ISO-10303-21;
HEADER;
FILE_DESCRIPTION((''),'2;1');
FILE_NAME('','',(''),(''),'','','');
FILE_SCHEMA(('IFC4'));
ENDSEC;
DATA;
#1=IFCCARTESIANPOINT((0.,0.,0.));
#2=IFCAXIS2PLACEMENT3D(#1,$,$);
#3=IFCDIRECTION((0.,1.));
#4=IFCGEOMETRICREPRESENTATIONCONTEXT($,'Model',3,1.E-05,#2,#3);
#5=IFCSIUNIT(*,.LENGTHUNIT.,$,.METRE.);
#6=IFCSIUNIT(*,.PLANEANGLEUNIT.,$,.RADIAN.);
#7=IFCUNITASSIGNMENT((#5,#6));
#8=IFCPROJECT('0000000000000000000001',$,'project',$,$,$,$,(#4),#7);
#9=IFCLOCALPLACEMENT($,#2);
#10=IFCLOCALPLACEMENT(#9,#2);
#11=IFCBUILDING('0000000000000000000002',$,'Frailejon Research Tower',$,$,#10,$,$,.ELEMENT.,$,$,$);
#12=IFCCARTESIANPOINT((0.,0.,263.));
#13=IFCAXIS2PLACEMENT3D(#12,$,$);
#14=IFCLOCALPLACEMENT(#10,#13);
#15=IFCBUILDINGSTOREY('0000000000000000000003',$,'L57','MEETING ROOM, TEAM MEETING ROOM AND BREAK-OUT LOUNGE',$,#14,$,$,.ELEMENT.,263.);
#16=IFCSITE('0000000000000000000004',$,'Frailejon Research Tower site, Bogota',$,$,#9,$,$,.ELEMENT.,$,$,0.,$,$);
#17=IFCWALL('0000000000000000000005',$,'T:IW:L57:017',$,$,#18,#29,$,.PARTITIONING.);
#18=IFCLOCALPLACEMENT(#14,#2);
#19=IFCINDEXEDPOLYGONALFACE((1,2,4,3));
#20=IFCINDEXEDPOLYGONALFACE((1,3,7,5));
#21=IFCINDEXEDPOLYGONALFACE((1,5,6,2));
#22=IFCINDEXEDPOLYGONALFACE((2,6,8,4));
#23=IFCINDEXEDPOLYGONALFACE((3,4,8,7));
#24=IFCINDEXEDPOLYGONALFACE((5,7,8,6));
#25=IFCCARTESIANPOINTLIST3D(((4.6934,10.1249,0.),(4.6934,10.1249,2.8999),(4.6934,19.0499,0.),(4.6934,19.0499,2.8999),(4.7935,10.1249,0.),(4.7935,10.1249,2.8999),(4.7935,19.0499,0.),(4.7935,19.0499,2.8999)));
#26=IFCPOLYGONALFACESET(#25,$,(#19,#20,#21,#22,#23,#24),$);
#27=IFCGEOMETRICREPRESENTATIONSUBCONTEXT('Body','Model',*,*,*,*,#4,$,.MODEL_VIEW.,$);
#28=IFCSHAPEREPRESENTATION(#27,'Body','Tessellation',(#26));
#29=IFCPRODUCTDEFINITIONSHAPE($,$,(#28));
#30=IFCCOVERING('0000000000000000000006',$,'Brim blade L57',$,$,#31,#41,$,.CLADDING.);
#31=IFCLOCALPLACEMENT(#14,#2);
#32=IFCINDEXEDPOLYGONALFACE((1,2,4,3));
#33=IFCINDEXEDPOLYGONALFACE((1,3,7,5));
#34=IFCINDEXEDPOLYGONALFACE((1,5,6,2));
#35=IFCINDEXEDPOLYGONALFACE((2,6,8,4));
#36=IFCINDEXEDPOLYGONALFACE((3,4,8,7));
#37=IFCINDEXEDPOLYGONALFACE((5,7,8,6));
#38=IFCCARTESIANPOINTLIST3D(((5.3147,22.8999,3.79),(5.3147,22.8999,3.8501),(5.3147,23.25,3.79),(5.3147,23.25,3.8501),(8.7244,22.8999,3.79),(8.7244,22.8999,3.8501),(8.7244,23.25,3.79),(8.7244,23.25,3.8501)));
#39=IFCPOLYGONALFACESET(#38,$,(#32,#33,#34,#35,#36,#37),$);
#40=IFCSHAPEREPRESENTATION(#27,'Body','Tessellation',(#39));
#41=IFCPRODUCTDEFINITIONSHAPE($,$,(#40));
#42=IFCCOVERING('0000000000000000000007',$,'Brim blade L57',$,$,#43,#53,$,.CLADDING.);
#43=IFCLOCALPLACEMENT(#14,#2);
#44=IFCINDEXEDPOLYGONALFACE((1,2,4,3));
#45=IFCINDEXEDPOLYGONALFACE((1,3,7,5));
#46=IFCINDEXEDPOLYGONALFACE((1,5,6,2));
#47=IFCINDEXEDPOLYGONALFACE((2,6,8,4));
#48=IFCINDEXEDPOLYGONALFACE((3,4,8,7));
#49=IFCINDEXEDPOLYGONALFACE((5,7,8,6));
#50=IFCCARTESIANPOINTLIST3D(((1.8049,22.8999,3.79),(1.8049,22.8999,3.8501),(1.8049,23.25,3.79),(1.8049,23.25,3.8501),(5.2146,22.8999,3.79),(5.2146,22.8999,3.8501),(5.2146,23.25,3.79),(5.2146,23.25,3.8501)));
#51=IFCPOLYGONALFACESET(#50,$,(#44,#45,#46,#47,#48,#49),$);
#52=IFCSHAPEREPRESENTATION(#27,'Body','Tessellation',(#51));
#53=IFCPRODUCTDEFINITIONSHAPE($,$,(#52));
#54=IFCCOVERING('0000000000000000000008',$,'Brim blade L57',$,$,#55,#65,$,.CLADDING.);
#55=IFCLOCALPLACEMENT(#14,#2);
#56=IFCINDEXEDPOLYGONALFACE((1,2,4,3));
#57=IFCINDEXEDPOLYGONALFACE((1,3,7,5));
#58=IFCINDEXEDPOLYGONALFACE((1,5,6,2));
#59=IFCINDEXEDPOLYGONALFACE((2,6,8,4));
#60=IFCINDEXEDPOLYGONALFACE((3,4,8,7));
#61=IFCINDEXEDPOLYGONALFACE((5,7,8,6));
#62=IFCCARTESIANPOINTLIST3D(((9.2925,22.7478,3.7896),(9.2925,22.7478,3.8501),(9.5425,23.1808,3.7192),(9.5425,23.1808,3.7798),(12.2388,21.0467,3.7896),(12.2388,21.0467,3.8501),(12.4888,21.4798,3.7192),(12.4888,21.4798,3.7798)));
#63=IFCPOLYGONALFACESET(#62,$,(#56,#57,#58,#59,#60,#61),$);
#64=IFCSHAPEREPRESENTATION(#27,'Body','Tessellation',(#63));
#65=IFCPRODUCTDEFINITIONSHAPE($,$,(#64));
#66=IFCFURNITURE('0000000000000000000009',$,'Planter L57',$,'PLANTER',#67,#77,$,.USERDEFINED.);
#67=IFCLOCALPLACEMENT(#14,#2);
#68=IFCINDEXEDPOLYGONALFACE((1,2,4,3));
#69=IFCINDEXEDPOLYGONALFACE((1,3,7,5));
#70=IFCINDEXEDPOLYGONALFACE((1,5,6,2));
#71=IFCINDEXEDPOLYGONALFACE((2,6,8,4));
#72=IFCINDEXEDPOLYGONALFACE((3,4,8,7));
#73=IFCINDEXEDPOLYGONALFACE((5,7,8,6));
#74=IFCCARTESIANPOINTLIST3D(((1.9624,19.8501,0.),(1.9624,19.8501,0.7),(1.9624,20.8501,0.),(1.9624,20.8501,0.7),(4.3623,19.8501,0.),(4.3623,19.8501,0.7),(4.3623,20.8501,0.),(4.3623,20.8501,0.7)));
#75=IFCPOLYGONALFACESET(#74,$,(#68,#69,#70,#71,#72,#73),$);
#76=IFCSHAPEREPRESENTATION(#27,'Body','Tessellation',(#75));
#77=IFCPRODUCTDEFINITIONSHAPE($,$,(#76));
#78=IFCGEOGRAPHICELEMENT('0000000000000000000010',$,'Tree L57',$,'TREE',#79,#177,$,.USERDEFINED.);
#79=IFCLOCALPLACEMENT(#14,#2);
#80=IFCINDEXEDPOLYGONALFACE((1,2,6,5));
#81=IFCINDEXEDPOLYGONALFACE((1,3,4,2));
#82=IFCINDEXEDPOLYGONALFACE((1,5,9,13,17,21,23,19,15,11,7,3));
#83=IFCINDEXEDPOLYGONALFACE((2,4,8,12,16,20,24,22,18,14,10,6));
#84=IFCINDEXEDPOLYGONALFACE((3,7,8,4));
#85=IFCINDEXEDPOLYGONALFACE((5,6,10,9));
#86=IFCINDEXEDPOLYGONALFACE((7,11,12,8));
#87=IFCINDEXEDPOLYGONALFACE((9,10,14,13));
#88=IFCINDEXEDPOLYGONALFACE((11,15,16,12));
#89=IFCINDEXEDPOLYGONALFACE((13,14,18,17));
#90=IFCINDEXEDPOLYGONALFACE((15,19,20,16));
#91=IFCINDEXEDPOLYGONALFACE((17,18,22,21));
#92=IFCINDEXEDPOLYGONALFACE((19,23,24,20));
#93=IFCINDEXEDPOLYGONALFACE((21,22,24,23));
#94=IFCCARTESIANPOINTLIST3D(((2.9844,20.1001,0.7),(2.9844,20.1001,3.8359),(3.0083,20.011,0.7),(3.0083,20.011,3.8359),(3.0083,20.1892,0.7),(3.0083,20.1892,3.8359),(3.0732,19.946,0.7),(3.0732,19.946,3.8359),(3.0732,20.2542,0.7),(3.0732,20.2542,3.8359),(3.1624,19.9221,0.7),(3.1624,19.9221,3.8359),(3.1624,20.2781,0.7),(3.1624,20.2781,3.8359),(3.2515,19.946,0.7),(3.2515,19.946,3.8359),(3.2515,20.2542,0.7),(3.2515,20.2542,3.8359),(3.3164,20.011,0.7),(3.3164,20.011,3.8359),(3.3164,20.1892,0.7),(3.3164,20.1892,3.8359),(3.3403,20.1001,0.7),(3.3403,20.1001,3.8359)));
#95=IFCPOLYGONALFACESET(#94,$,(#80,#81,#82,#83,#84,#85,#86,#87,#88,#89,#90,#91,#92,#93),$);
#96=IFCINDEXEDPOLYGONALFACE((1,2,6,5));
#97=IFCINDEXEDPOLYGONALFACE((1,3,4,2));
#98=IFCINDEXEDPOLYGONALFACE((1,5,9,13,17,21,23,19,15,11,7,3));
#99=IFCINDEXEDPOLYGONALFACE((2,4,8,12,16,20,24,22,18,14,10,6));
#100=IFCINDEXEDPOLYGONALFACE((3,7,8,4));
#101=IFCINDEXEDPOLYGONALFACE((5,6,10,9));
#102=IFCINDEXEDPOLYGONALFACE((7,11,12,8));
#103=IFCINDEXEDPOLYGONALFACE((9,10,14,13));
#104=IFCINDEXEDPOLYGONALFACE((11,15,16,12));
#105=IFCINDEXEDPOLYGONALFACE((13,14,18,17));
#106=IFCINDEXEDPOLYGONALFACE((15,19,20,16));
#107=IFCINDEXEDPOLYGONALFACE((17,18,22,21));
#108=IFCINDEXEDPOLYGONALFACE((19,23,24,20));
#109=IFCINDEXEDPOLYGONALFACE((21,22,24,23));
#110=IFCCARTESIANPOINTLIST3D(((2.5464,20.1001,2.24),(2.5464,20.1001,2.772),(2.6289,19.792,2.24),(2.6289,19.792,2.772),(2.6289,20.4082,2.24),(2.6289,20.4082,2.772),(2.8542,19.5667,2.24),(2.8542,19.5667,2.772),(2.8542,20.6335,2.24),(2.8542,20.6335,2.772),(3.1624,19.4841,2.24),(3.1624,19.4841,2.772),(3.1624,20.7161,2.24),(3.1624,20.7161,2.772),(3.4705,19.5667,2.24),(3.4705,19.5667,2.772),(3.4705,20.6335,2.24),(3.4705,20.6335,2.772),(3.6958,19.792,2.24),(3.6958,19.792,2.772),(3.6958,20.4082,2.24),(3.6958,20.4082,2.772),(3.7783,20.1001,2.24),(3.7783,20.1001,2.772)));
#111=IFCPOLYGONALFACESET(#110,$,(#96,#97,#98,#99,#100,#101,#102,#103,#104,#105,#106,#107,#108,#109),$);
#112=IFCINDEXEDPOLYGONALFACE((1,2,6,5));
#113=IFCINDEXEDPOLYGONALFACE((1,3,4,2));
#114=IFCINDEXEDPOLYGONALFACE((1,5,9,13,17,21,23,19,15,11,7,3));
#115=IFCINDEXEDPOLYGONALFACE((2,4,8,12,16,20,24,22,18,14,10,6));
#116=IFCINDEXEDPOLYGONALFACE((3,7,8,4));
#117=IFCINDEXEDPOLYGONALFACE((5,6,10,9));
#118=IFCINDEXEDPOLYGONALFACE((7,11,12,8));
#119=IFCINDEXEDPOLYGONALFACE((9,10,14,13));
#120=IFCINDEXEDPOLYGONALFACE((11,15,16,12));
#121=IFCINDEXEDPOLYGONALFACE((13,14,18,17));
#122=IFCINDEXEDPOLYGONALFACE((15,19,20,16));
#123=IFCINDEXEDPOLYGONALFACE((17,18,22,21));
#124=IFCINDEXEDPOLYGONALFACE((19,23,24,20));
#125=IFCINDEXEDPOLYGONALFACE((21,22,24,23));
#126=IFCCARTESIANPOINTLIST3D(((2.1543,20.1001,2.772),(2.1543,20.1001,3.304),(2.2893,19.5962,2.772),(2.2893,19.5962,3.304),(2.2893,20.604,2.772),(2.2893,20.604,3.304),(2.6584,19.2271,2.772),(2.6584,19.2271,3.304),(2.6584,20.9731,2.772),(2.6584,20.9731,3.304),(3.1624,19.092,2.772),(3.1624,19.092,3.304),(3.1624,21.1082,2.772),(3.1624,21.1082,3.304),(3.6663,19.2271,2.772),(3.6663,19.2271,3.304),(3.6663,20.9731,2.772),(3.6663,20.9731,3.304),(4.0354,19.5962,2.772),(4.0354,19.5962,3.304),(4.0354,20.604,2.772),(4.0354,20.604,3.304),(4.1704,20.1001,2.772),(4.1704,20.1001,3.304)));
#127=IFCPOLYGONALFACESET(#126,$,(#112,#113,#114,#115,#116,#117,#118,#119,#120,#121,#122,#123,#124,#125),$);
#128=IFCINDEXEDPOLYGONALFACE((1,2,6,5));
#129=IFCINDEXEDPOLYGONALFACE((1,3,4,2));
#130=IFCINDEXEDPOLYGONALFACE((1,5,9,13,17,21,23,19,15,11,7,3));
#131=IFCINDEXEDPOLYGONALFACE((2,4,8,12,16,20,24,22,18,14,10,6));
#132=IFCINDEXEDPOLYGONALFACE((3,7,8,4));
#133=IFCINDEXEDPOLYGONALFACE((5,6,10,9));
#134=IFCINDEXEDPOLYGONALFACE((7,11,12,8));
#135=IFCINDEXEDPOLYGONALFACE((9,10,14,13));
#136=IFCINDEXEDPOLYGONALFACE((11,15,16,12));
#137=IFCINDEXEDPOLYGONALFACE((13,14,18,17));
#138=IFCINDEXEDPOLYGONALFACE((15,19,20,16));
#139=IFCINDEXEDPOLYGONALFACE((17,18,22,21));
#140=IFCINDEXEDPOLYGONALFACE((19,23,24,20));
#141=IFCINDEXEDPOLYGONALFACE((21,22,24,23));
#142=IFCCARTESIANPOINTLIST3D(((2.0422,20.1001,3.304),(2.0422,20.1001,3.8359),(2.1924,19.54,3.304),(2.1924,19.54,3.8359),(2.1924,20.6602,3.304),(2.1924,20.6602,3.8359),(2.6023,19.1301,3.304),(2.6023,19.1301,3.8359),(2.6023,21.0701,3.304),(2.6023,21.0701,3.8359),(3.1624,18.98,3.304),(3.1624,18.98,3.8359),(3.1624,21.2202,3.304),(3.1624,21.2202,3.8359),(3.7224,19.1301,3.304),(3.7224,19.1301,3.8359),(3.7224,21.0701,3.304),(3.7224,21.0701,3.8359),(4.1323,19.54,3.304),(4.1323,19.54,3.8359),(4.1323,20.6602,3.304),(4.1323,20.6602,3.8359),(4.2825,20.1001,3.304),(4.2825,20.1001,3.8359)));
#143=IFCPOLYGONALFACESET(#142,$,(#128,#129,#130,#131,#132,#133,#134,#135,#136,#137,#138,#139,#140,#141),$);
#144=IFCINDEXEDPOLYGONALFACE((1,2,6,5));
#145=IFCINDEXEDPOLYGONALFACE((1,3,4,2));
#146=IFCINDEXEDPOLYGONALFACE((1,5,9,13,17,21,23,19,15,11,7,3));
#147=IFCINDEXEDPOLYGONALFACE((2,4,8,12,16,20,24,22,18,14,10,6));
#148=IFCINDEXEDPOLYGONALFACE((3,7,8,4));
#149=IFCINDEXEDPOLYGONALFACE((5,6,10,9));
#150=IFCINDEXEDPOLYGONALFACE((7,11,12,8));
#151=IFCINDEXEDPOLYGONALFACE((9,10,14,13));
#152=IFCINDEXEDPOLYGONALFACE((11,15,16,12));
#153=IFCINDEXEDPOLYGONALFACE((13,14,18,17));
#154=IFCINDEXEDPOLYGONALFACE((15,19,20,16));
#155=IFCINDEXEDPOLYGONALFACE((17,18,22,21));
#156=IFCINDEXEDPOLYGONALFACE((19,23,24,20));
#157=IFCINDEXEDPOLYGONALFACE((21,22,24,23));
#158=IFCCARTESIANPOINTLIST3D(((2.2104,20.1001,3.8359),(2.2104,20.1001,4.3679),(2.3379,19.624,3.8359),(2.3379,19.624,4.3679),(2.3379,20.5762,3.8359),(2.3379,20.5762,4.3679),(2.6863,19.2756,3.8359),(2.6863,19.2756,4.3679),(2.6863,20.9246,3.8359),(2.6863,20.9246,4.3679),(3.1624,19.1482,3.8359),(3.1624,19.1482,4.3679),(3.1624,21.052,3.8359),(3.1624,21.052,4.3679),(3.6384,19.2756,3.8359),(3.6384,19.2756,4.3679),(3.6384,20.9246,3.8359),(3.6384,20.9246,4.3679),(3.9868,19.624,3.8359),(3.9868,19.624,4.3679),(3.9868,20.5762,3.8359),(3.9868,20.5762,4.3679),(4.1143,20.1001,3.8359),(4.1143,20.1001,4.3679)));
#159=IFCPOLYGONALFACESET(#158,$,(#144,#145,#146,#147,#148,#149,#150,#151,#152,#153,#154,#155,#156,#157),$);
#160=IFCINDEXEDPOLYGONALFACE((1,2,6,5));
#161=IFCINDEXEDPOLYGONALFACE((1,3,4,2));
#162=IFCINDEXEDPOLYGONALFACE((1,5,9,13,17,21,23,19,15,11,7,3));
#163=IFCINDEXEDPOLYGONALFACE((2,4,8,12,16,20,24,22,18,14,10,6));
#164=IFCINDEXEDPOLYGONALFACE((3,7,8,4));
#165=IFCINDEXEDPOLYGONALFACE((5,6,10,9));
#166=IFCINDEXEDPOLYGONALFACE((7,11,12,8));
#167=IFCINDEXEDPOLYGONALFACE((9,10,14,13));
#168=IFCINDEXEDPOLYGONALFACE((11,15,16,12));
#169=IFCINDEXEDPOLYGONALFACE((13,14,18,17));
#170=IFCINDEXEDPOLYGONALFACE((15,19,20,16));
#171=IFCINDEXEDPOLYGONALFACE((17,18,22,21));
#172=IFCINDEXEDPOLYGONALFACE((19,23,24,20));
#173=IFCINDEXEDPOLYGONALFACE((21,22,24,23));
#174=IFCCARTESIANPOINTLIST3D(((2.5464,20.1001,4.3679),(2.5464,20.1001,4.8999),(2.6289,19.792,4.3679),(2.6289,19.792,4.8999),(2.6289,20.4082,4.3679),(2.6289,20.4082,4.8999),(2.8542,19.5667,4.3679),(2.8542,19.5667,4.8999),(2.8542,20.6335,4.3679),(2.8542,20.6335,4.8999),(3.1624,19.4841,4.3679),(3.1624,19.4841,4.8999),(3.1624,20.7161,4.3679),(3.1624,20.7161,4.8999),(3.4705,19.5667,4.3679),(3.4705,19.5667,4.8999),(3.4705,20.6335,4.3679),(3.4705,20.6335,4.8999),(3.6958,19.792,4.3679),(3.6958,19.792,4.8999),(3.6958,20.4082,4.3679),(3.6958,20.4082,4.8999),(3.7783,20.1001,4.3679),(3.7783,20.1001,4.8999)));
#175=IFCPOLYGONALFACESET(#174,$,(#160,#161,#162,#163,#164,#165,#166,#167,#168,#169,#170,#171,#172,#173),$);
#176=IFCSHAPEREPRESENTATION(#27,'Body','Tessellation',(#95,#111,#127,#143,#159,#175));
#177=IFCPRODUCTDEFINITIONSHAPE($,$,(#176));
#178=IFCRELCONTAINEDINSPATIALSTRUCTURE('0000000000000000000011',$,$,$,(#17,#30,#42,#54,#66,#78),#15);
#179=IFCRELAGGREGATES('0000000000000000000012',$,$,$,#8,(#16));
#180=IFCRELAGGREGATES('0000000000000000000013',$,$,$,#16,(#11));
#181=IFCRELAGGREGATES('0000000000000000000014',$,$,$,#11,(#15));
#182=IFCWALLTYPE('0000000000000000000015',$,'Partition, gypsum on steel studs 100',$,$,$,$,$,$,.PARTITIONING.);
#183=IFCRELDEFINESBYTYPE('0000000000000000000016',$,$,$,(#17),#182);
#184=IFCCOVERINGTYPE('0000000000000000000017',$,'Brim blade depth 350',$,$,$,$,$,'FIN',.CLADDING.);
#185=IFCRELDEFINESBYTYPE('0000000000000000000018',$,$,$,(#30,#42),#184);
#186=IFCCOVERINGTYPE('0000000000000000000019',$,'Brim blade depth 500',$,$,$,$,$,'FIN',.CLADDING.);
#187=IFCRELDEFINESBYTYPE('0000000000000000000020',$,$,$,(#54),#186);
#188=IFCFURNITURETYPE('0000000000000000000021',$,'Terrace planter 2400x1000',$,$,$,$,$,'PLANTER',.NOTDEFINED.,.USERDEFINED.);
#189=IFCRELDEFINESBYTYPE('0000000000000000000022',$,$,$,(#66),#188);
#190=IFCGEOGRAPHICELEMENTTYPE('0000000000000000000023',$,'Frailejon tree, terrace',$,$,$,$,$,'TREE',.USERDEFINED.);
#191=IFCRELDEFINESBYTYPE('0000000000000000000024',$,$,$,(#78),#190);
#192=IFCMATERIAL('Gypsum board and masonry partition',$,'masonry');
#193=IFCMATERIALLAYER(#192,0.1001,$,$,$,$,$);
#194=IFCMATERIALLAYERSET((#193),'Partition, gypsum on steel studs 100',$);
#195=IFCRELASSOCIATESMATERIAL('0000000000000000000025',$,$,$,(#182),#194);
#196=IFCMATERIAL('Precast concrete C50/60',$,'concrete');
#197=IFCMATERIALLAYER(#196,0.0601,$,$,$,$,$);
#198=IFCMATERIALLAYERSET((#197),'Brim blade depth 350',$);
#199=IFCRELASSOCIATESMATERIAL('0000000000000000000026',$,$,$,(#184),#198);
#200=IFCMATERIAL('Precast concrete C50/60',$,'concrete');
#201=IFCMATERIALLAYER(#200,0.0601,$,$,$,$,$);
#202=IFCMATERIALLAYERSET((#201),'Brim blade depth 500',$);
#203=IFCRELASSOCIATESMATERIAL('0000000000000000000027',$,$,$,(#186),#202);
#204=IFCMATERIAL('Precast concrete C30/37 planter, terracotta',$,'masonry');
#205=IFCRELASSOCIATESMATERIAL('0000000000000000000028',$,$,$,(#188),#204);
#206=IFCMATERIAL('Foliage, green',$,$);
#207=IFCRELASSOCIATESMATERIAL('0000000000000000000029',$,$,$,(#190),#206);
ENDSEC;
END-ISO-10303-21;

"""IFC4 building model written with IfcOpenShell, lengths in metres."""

from ifc_helpers import new_model, si_unit, direction, frame, frame_2d, origin, origin_2d, place, context, subcontext, project, spatial, polyline, rectangle, outline, extrude, material, layer, layer_set, type_object, element, save


model = new_model("IFC4")

# Units and contexts
model_context = context("Model", 3, precision=1e-05, world=origin(), true_north=direction((0.0, 1.0)))
body_context = subcontext(model_context, "Body", "Model", "MODEL_VIEW")
ifc_project = project(units=[si_unit("LENGTHUNIT", "METRE"), si_unit("PLANEANGLEUNIT", "RADIAN")], contexts=[model_context])

# Site, building, storey
site_placement = place(None, origin())
site = spatial("IfcSite", under=ifc_project, at=site_placement, Name="Frailejon Research Tower site, Bogota", CompositionType="ELEMENT", RefElevation=0.0)
building_placement = place(site_placement, origin())
building = spatial("IfcBuilding", under=site, at=building_placement, Name="Frailejon Research Tower", CompositionType="ELEMENT")
storey_placement = place(building_placement, frame((0.0, 0.0, 263.0)))
storey = spatial("IfcBuildingStorey", under=building, at=storey_placement, Name="L57", Description="MEETING ROOM, TEAM MEETING ROOM AND BREAK-OUT LOUNGE", CompositionType="ELEMENT", Elevation=263.0)

# Wall
ifc_material_1 = material(Name="Gypsum board and masonry partition", Category="masonry")
ifc_layer_1 = layer(ifc_material_1, 0.1001)
ifc_layer_set_1 = layer_set([ifc_layer_1], Name="Partition, gypsum on steel studs 100")
wall_type_1 = type_object("IfcWallType", Name="Partition, gypsum on steel studs 100", PredefinedType="PARTITIONING", material=ifc_layer_set_1)
wall_1_placement = place(storey_placement, frame((4.7434, 10.125, 0.0), z_axis=(0.0, 0.0, 1.0), x_axis=(0.0, 1.0, 0.0)))
element("IfcWall", 1, at=wall_1_placement, inside=storey, type_object=wall_type_1, Name="T:IW:L57:017", PredefinedType="PARTITIONING", context=body_context, shape_type="SweptSolid", body=[
    extrude(rectangle(XDim=8.925, YDim=0.1001, at=frame_2d((4.4624, 0.0))), origin(), (0.0, 0.0, 1.0), 2.8999),
])

# Coverings
ifc_material_2 = material(Name="Precast concrete C50/60", Category="concrete")
ifc_layer_2 = layer(ifc_material_2, 0.0601)
ifc_layer_set_2 = layer_set([ifc_layer_2], Name="Brim blade depth 350")
covering_type_1 = type_object("IfcCoveringType", Name="Brim blade depth 350", ElementType="FIN", PredefinedType="CLADDING", material=ifc_layer_set_2)
for number, where, z_axis, x_axis, name in (
    (2, (5.3147, 22.8999, 3.8501), (1.0, 0.0, 0.0), (0.0, 1.0, 0.0), "Brim blade L57"),
    (3, (1.8049, 22.8999, 3.8501), (1.0, 0.0, 0.0), (0.0, 1.0, 0.0), "Brim blade L57"),
):
    element("IfcCovering", number, at=place(storey_placement, frame(where, z_axis=z_axis, x_axis=x_axis)), inside=storey, type_object=covering_type_1, Name=name, PredefinedType="CLADDING", context=body_context, shape_type="SweptSolid", body=[
        extrude(outline(polyline([(0.0, -0.0601), (0.3501, -0.0601), (0.3501, 0.0), (0.0, 0.0), (0.0, -0.0601)])), origin(), (0.0, 0.0, 1.0), 3.4097),
    ])
ifc_material_3 = material(Name="Precast concrete C50/60", Category="concrete")
ifc_layer_3 = layer(ifc_material_3, 0.0601)
ifc_layer_set_3 = layer_set([ifc_layer_3], Name="Brim blade depth 500")
covering_type_2 = type_object("IfcCoveringType", Name="Brim blade depth 500", ElementType="FIN", PredefinedType="CLADDING", material=ifc_layer_set_3)
covering_placement = place(storey_placement, frame((9.2925, 22.7478, 3.8501), z_axis=(0.866024, -0.500003, 0.0), x_axis=(0.500003, 0.866024, 0.0)))
element("IfcCovering", 4, at=covering_placement, inside=storey, type_object=covering_type_2, Name="Brim blade L57", PredefinedType="CLADDING", context=body_context, shape_type="SweptSolid", body=[
    extrude(outline(polyline([(0.0, -0.0605), (0.5, -0.1309), (0.5, -0.0703), (0.0, 0.0), (0.0, -0.0605)])), origin(), (0.0, 0.0, 1.0), 3.4021),
])

# Furniture
ifc_material_4 = material(Name="Precast concrete C30/37 planter, terracotta", Category="masonry")
furniture_type = type_object("IfcFurnitureType", Name="Terrace planter 2400x1000", ElementType="PLANTER", AssemblyPlace="NOTDEFINED", PredefinedType="USERDEFINED", material=ifc_material_4)
furniture_placement = place(storey_placement, frame((3.1624, 20.3501, 0.0), z_axis=(0.0, 0.0, 1.0), x_axis=(-1.0, 0.0, 0.0)))
element("IfcFurniture", 5, at=furniture_placement, inside=storey, type_object=furniture_type, Name="Planter L57", ObjectType="PLANTER", PredefinedType="USERDEFINED", context=body_context, shape_type="SweptSolid", body=[
    extrude(rectangle(XDim=2.3999, YDim=1.0, at=origin_2d()), origin(), (0.0, 0.0, 1.0), 0.7),
])

# Geographic element
ifc_material_5 = material(Name="Foliage, green")
geographic_element_type = type_object("IfcGeographicElementType", Name="Frailejon tree, terrace", ElementType="TREE", PredefinedType="USERDEFINED", material=ifc_material_5)
geographic_element_placement = place(storey_placement, frame((3.1624, 20.1001, 0.7)))
element("IfcGeographicElement", 6, at=geographic_element_placement, inside=storey, type_object=geographic_element_type, Name="Tree L57", ObjectType="TREE", PredefinedType="USERDEFINED", context=body_context, shape_type="SweptSolid", body=[
    extrude(outline(polyline([(0.178, 0.0), (0.1541, 0.0891), (0.0891, 0.1541), (0.0, 0.178), (-0.0891, 0.1541), (-0.1541, 0.0891), (-0.178, 0.0), (-0.1541, -0.0891), (-0.0891, -0.1541), (0.0, -0.178), (0.0891, -0.1541), (0.1541, -0.0891), (0.178, 0.0)])), origin(), (0.0, 0.0, 1.0), 3.136),
    extrude(outline(polyline([(0.616, 0.0), (0.5334, 0.3081), (0.3081, 0.5334), (0.0, 0.616), (-0.3081, 0.5334), (-0.5334, 0.3081), (-0.616, 0.0), (-0.5334, -0.3081), (-0.3081, -0.5334), (0.0, -0.616), (0.3081, -0.5334), (0.5334, -0.3081), (0.616, 0.0)])), frame((0.0, 0.0, 1.54)), (0.0, 0.0, 1.0), 0.532),
    extrude(outline(polyline([(1.0081, 0.0), (0.873, 0.5039), (0.5039, 0.873), (0.0, 1.0081), (-0.5039, 0.873), (-0.873, 0.5039), (-1.0081, 0.0), (-0.873, -0.5039), (-0.5039, -0.873), (0.0, -1.0081), (0.5039, -0.873), (0.873, -0.5039), (1.0081, 0.0)])), frame((0.0, 0.0, 2.072)), (0.0, 0.0, 1.0), 0.532),
    extrude(outline(polyline([(1.1201, 0.0), (0.97, 0.5601), (0.5601, 0.97), (0.0, 1.1201), (-0.5601, 0.97), (-0.97, 0.5601), (-1.1201, 0.0), (-0.97, -0.5601), (-0.5601, -0.97), (0.0, -1.1201), (0.5601, -0.97), (0.97, -0.5601), (1.1201, 0.0)])), frame((0.0, 0.0, 2.604)), (0.0, 0.0, 1.0), 0.532),
    extrude(outline(polyline([(0.9519, 0.0), (0.8245, 0.4761), (0.4761, 0.8245), (0.0, 0.9519), (-0.4761, 0.8245), (-0.8245, 0.4761), (-0.9519, 0.0), (-0.8245, -0.4761), (-0.4761, -0.8245), (0.0, -0.9519), (0.4761, -0.8245), (0.8245, -0.4761), (0.9519, 0.0)])), frame((0.0, 0.0, 3.136)), (0.0, 0.0, 1.0), 0.532),
    extrude(outline(polyline([(0.616, 0.0), (0.5334, 0.3081), (0.3081, 0.5334), (0.0, 0.616), (-0.3081, 0.5334), (-0.5334, 0.3081), (-0.616, 0.0), (-0.5334, -0.3081), (-0.3081, -0.5334), (0.0, -0.616), (0.3081, -0.5334), (0.5334, -0.3081), (0.616, 0.0)])), frame((0.0, 0.0, 3.668)), (0.0, 0.0, 1.0), 0.532),
])

save(model, "model.ifc")
